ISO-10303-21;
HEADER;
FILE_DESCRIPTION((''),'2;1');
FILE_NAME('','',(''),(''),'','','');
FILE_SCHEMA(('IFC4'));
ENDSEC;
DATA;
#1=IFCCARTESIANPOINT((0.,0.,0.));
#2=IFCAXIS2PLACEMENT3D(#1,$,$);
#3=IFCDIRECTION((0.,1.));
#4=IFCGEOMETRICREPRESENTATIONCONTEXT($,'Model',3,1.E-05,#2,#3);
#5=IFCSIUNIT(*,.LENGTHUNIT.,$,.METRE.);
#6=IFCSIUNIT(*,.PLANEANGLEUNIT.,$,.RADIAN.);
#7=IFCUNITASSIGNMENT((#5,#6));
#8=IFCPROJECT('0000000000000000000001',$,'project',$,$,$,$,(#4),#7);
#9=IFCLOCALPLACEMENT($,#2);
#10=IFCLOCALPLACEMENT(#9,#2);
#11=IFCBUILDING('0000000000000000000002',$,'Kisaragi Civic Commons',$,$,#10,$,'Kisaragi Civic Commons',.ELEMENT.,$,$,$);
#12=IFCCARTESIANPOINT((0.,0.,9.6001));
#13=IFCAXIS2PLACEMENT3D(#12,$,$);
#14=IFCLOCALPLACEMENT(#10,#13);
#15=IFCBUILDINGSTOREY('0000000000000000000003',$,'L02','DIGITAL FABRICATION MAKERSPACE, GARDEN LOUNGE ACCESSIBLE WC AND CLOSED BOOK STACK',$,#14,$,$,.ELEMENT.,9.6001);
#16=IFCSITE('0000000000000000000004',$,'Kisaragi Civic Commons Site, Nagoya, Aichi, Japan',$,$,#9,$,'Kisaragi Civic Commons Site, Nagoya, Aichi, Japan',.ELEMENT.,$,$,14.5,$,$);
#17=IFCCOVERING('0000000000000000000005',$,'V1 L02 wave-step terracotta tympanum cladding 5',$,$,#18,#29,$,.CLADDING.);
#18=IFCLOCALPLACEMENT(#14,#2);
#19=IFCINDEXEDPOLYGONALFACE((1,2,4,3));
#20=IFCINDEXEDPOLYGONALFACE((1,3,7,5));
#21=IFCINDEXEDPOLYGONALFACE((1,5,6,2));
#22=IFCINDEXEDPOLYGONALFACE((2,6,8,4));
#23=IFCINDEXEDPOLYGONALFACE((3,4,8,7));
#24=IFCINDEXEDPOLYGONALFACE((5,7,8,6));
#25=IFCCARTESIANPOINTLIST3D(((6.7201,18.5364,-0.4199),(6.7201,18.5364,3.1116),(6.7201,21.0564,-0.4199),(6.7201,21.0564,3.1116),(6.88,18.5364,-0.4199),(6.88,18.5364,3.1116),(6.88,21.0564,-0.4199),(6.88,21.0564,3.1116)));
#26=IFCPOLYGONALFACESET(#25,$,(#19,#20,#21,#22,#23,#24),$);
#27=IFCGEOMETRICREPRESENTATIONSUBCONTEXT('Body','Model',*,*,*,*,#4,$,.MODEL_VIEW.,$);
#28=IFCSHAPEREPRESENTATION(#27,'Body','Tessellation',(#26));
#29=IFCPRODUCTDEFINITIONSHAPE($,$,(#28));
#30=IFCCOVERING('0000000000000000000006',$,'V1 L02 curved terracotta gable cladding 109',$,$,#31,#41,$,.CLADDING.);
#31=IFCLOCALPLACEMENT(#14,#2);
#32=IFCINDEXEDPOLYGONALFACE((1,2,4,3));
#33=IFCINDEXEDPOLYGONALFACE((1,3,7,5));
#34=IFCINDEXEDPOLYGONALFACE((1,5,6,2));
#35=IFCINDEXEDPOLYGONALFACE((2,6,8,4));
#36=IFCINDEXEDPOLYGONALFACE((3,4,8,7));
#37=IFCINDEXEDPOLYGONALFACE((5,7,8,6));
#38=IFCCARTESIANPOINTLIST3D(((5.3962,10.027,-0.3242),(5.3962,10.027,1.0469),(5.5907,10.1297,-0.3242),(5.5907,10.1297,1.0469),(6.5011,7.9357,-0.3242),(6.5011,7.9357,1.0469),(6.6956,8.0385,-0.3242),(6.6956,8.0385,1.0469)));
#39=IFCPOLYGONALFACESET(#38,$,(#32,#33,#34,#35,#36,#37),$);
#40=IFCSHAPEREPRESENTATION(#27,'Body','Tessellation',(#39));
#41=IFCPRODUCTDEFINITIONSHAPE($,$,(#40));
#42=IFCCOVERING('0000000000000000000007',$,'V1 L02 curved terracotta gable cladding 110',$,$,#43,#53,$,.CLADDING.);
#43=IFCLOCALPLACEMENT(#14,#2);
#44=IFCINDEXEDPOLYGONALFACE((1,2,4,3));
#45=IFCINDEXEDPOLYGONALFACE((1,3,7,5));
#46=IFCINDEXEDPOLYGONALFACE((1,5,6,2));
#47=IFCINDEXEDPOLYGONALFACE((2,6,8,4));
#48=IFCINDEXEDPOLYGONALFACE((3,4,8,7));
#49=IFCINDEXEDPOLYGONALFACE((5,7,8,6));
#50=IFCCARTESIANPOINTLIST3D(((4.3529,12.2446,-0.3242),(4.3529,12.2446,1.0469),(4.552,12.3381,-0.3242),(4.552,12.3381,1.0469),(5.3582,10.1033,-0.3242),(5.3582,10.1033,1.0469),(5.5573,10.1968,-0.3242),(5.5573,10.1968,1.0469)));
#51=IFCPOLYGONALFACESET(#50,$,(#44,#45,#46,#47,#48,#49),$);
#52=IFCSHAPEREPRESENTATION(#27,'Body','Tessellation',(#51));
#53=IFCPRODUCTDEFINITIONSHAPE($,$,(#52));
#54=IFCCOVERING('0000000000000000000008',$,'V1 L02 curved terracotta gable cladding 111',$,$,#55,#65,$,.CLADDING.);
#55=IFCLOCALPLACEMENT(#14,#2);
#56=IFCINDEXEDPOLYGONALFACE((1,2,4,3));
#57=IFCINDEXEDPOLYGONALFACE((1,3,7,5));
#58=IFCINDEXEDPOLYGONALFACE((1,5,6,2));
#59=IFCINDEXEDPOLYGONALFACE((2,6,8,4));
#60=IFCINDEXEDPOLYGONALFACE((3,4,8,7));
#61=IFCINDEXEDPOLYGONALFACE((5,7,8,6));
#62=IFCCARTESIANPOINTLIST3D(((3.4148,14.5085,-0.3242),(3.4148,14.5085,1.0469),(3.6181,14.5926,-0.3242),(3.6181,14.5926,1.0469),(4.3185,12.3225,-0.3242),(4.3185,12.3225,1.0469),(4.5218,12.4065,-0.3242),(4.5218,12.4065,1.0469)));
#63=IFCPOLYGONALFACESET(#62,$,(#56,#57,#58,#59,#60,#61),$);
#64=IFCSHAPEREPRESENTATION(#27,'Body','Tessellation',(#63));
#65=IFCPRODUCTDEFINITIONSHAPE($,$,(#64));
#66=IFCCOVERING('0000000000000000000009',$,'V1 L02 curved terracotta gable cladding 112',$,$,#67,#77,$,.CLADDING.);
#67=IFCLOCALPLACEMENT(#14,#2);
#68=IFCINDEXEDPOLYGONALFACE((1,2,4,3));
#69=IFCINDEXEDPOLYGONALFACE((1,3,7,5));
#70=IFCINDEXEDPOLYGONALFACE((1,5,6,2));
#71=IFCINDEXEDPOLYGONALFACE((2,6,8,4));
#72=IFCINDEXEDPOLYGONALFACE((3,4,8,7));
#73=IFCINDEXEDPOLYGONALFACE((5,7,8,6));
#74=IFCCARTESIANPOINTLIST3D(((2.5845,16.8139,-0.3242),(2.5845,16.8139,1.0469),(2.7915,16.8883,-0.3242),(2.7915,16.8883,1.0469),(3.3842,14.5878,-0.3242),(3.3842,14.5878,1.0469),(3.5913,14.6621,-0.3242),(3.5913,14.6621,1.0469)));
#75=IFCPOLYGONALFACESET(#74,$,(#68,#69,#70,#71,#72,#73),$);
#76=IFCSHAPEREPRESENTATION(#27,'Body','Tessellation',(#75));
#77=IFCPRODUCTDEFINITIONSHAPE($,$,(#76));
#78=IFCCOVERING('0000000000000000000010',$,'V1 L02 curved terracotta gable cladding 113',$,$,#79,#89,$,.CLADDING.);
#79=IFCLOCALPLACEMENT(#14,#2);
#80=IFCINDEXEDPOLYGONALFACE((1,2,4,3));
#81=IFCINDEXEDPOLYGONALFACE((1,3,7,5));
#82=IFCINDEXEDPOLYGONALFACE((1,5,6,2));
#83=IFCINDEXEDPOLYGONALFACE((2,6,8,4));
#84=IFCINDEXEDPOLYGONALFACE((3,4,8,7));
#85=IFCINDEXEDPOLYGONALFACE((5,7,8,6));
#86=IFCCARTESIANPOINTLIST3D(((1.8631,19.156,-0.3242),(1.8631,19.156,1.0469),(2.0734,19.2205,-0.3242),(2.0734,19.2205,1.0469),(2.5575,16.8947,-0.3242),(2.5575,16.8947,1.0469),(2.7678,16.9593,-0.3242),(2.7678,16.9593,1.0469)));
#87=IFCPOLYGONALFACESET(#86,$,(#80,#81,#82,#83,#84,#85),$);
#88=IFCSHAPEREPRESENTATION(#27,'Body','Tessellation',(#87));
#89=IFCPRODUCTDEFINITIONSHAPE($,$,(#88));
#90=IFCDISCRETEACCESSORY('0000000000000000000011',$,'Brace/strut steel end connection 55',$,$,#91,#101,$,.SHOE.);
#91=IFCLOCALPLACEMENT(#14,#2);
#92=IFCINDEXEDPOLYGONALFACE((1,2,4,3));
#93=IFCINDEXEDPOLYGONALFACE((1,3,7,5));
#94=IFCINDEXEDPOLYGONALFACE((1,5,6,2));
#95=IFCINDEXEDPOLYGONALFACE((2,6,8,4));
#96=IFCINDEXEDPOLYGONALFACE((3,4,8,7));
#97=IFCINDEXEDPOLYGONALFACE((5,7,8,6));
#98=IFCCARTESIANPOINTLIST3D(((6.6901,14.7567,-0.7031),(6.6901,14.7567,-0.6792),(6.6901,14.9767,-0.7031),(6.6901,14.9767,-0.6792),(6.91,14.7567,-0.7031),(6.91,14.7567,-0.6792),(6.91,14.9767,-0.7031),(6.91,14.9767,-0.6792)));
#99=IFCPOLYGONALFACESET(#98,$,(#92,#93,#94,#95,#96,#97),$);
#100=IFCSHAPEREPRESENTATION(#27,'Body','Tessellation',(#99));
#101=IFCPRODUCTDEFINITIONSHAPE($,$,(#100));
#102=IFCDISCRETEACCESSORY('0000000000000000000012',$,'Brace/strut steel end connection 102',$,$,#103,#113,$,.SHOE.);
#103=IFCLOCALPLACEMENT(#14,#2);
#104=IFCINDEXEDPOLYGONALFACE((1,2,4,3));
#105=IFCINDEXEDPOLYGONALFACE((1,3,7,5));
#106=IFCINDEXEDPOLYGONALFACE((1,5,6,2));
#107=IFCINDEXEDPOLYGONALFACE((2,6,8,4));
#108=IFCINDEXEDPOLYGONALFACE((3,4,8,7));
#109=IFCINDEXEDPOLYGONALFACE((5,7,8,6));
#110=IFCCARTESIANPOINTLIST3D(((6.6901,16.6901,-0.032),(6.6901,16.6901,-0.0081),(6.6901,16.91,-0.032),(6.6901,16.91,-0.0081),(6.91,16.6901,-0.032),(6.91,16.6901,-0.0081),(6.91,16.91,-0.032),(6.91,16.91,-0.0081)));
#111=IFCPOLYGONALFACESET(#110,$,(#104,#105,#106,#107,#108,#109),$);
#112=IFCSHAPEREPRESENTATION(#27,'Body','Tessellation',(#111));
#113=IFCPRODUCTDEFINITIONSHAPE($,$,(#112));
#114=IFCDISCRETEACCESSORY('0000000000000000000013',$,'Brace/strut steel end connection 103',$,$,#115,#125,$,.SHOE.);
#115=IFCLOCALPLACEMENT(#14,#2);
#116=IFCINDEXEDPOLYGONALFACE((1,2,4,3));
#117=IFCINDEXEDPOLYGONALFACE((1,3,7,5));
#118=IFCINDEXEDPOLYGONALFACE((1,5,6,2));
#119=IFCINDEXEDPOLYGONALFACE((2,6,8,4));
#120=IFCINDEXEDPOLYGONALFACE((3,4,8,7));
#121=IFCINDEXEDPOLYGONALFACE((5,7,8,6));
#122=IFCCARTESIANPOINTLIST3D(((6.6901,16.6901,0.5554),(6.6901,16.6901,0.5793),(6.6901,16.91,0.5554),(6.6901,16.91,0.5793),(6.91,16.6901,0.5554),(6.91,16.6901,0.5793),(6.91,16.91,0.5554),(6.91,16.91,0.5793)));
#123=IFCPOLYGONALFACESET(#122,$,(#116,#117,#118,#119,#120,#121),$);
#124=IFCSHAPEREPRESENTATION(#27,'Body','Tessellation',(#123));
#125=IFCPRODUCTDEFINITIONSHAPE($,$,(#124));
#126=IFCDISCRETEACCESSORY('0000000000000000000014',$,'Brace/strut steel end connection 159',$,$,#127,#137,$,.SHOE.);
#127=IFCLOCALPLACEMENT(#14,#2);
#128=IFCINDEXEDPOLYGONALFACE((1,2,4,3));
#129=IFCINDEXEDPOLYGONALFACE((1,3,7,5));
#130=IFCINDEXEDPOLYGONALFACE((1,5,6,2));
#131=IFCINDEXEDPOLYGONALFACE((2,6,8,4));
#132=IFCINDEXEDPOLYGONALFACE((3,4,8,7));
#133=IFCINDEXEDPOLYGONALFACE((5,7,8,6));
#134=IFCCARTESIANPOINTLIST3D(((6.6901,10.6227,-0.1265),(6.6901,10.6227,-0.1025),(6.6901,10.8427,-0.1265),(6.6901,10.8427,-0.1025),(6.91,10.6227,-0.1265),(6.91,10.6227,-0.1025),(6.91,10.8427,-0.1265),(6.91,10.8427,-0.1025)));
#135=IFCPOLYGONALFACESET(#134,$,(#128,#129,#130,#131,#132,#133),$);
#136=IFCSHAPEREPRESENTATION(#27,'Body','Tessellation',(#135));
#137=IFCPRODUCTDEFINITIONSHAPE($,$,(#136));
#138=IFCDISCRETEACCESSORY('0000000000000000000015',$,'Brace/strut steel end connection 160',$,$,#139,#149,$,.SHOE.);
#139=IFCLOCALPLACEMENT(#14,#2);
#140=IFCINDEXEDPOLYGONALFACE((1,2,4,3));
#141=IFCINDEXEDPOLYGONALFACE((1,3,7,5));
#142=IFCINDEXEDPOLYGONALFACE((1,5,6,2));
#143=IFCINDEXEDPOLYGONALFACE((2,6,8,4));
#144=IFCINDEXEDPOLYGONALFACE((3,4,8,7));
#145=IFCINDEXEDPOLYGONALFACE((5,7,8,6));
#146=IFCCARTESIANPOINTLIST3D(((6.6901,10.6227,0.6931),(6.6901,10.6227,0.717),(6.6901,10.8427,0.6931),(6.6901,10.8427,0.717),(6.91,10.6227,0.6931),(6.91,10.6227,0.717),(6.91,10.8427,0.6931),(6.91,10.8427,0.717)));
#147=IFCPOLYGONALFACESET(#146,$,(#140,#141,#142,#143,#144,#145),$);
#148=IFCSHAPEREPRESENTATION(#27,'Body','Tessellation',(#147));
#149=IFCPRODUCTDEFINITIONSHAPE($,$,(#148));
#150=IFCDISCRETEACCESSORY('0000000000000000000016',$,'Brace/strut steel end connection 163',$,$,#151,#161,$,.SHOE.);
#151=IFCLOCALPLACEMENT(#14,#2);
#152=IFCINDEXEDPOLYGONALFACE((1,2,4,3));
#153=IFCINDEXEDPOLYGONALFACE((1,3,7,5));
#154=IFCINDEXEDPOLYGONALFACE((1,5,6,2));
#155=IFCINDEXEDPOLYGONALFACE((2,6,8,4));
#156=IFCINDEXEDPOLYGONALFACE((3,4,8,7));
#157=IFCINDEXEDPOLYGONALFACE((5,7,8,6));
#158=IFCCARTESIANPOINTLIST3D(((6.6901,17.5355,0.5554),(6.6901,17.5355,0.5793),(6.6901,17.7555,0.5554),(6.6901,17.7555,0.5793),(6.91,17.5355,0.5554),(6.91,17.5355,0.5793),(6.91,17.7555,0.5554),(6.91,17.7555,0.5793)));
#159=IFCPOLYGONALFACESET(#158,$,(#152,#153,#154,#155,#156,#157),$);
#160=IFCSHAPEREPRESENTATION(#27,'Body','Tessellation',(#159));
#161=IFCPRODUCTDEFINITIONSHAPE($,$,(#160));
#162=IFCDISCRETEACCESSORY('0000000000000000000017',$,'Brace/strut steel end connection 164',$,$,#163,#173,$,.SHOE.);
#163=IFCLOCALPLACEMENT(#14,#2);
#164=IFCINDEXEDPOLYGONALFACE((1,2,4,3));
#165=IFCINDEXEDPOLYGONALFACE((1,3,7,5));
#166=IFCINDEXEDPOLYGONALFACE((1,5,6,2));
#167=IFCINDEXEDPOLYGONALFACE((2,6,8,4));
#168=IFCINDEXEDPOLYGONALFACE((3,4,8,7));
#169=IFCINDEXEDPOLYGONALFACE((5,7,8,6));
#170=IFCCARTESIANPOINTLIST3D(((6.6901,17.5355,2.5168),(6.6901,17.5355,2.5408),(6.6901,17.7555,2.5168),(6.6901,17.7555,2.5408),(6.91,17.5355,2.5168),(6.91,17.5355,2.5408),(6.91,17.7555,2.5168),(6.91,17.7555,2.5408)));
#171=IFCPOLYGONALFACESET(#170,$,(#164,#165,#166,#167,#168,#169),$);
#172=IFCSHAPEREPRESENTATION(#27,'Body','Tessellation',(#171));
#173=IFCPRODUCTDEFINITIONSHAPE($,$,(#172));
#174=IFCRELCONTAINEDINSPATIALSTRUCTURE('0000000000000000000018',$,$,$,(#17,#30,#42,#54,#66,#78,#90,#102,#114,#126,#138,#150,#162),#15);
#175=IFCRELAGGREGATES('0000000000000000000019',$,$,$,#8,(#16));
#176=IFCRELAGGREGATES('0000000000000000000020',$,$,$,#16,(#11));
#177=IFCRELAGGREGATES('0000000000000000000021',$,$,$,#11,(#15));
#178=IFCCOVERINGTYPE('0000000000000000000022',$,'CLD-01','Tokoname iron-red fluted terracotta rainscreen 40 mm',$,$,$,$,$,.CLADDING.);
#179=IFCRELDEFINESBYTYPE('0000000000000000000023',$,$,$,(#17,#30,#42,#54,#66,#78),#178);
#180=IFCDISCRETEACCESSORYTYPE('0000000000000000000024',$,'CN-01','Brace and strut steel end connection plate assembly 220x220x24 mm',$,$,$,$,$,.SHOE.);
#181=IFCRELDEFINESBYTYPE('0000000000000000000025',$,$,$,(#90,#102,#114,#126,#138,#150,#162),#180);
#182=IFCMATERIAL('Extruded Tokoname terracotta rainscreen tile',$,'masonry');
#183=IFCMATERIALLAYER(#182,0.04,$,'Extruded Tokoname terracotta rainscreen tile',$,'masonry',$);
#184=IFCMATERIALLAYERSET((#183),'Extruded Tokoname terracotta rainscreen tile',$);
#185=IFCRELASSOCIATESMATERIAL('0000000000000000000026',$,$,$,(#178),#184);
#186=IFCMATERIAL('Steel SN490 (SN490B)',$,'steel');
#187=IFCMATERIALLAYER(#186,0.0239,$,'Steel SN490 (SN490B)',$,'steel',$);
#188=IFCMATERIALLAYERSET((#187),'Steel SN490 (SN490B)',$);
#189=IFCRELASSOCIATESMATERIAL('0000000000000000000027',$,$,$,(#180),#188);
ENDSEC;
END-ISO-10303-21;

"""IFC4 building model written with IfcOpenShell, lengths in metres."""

from ifc_helpers import new_model, si_unit, direction, frame, origin, origin_2d, place, context, subcontext, project, spatial, rectangle, extrude, material, layer, layer_set, type_object, element, save


model = new_model("IFC4")

# Units and contexts
model_context = context("Model", 3, precision=1e-05, world=origin(), true_north=direction((0.0, 1.0)))
body_context = subcontext(model_context, "Body", "Model", "MODEL_VIEW")
ifc_project = project(units=[si_unit("LENGTHUNIT", "METRE"), si_unit("PLANEANGLEUNIT", "RADIAN")], contexts=[model_context])

# Site, building, storey
site_placement = place(None, origin())
site = spatial("IfcSite", under=ifc_project, at=site_placement, Name="Kisaragi Civic Commons Site, Nagoya, Aichi, Japan", LongName="Kisaragi Civic Commons Site, Nagoya, Aichi, Japan", CompositionType="ELEMENT", RefElevation=14.5)
building_placement = place(site_placement, origin())
building = spatial("IfcBuilding", under=site, at=building_placement, Name="Kisaragi Civic Commons", LongName="Kisaragi Civic Commons", CompositionType="ELEMENT")
storey_placement = place(building_placement, frame((0.0, 0.0, 9.6001)))
storey = spatial("IfcBuildingStorey", under=building, at=storey_placement, Name="L02", Description="DIGITAL FABRICATION MAKERSPACE, GARDEN LOUNGE ACCESSIBLE WC AND CLOSED BOOK STACK", CompositionType="ELEMENT", Elevation=9.6001)

# Shared definitions
ifc_material_1 = material(Name="Steel SN490 (SN490B)", Category="steel")

# Coverings
ifc_material_2 = material(Name="Extruded Tokoname terracotta rainscreen tile", Category="masonry")
ifc_layer_1 = layer(ifc_material_2, 0.04, Name="Extruded Tokoname terracotta rainscreen tile", Category="masonry")
ifc_layer_set_1 = layer_set([ifc_layer_1], Name="Extruded Tokoname terracotta rainscreen tile")
covering_type = type_object("IfcCoveringType", Name="CLD-01", Description="Tokoname iron-red fluted terracotta rainscreen 40 mm", PredefinedType="CLADDING", material=ifc_layer_set_1)
covering_1_placement = place(storey_placement, frame((6.8, 19.7964, -0.4199), z_axis=(0.0, 0.0, 1.0), x_axis=(0.0, 1.0, 0.0)))
element("IfcCovering", 1, at=covering_1_placement, inside=storey, type_object=covering_type, Name="V1 L02 wave-step terracotta tympanum cladding 5", PredefinedType="CLADDING", context=body_context, shape_type="SweptSolid", body=[
    extrude(rectangle(XDim=2.52, YDim=0.1599, at=origin_2d()), origin(), (0.0, 0.0, 1.0), 3.5315),
])
covering_2_placement = place(storey_placement, frame((6.0459, 9.0327, -0.3242), z_axis=(0.0, 0.0, 1.0), x_axis=(-0.467158, 0.884174, 0.0)))
element("IfcCovering", 2, at=covering_2_placement, inside=storey, type_object=covering_type, Name="V1 L02 curved terracotta gable cladding 109", PredefinedType="CLADDING", context=body_context, shape_type="SweptSolid", body=[
    extrude(rectangle(XDim=2.3652, YDim=0.22, at=origin_2d()), origin(), (0.0, 0.0, 1.0), 1.3711),
])
for number, where, z_axis, x_axis, name in (
    (3, (4.9551, 11.2207, -0.3242), (0.0, 0.0, 1.0), (-0.42499, 0.905198, 0.0), "V1 L02 curved terracotta gable cladding 110"),
    (4, (3.9683, 13.4575, -0.3242), (0.0, 0.0, 1.0), (-0.382038, 0.924146, 0.0), "V1 L02 curved terracotta gable cladding 111"),
    (5, (3.0879, 15.738, -0.3242), (0.0, 0.0, 1.0), (-0.338081, 0.941117, 0.0), "V1 L02 curved terracotta gable cladding 112"),
    (6, (2.3154, 18.0576, -0.3242), (0.0, 0.0, 1.0), (-0.29354, 0.955947, 0.0), "V1 L02 curved terracotta gable cladding 113"),
):
    element("IfcCovering", number, at=place(storey_placement, frame(where, z_axis=z_axis, x_axis=x_axis)), inside=storey, type_object=covering_type, Name=name, PredefinedType="CLADDING", context=body_context, shape_type="SweptSolid", body=[
        extrude(rectangle(XDim=2.3655, YDim=0.22, at=origin_2d()), origin(), (0.0, 0.0, 1.0), 1.3711),
    ])

# Discrete accessories
ifc_layer_2 = layer(ifc_material_1, 0.0239, Name="Steel SN490 (SN490B)", Category="steel")
ifc_layer_set_2 = layer_set([ifc_layer_2], Name="Steel SN490 (SN490B)")
discrete_accessory_type = type_object("IfcDiscreteAccessoryType", Name="CN-01", Description="Brace and strut steel end connection plate assembly 220x220x24 mm", PredefinedType="SHOE", material=ifc_layer_set_2)
for number, where, z_axis, x_axis, name in (
    (7, (6.8, 14.8667, -0.7031), (0.0, 0.0, 1.0), (1.0, 0.0, 0.0), "Brace/strut steel end connection 55"),
    (8, (6.8, 16.8, -0.032), (0.0, 0.0, 1.0), (1.0, 0.0, 0.0), "Brace/strut steel end connection 102"),
    (9, (6.8, 16.8, 0.5554), (0.0, 0.0, 1.0), (1.0, 0.0, 0.0), "Brace/strut steel end connection 103"),
    (10, (6.8, 10.7327, -0.1265), (0.0, 0.0, 1.0), (1.0, 0.0, 0.0), "Brace/strut steel end connection 159"),
    (11, (6.8, 10.7327, 0.6931), (0.0, 0.0, 1.0), (1.0, 0.0, 0.0), "Brace/strut steel end connection 160"),
    (12, (6.8, 17.6455, 0.5554), (0.0, 0.0, 1.0), (1.0, 0.0, 0.0), "Brace/strut steel end connection 163"),
    (13, (6.8, 17.6455, 2.5168), (0.0, 0.0, 1.0), (1.0, 0.0, 0.0), "Brace/strut steel end connection 164"),
):
    element("IfcDiscreteAccessory", number, at=place(storey_placement, frame(where, z_axis=z_axis, x_axis=x_axis)), inside=storey, type_object=discrete_accessory_type, Name=name, PredefinedType="SHOE", context=body_context, shape_type="SweptSolid", body=[
        extrude(rectangle(XDim=0.22, YDim=0.22, at=origin_2d()), origin(), (0.0, 0.0, 1.0), 0.0239),
    ])

save(model, "model.ifc")
